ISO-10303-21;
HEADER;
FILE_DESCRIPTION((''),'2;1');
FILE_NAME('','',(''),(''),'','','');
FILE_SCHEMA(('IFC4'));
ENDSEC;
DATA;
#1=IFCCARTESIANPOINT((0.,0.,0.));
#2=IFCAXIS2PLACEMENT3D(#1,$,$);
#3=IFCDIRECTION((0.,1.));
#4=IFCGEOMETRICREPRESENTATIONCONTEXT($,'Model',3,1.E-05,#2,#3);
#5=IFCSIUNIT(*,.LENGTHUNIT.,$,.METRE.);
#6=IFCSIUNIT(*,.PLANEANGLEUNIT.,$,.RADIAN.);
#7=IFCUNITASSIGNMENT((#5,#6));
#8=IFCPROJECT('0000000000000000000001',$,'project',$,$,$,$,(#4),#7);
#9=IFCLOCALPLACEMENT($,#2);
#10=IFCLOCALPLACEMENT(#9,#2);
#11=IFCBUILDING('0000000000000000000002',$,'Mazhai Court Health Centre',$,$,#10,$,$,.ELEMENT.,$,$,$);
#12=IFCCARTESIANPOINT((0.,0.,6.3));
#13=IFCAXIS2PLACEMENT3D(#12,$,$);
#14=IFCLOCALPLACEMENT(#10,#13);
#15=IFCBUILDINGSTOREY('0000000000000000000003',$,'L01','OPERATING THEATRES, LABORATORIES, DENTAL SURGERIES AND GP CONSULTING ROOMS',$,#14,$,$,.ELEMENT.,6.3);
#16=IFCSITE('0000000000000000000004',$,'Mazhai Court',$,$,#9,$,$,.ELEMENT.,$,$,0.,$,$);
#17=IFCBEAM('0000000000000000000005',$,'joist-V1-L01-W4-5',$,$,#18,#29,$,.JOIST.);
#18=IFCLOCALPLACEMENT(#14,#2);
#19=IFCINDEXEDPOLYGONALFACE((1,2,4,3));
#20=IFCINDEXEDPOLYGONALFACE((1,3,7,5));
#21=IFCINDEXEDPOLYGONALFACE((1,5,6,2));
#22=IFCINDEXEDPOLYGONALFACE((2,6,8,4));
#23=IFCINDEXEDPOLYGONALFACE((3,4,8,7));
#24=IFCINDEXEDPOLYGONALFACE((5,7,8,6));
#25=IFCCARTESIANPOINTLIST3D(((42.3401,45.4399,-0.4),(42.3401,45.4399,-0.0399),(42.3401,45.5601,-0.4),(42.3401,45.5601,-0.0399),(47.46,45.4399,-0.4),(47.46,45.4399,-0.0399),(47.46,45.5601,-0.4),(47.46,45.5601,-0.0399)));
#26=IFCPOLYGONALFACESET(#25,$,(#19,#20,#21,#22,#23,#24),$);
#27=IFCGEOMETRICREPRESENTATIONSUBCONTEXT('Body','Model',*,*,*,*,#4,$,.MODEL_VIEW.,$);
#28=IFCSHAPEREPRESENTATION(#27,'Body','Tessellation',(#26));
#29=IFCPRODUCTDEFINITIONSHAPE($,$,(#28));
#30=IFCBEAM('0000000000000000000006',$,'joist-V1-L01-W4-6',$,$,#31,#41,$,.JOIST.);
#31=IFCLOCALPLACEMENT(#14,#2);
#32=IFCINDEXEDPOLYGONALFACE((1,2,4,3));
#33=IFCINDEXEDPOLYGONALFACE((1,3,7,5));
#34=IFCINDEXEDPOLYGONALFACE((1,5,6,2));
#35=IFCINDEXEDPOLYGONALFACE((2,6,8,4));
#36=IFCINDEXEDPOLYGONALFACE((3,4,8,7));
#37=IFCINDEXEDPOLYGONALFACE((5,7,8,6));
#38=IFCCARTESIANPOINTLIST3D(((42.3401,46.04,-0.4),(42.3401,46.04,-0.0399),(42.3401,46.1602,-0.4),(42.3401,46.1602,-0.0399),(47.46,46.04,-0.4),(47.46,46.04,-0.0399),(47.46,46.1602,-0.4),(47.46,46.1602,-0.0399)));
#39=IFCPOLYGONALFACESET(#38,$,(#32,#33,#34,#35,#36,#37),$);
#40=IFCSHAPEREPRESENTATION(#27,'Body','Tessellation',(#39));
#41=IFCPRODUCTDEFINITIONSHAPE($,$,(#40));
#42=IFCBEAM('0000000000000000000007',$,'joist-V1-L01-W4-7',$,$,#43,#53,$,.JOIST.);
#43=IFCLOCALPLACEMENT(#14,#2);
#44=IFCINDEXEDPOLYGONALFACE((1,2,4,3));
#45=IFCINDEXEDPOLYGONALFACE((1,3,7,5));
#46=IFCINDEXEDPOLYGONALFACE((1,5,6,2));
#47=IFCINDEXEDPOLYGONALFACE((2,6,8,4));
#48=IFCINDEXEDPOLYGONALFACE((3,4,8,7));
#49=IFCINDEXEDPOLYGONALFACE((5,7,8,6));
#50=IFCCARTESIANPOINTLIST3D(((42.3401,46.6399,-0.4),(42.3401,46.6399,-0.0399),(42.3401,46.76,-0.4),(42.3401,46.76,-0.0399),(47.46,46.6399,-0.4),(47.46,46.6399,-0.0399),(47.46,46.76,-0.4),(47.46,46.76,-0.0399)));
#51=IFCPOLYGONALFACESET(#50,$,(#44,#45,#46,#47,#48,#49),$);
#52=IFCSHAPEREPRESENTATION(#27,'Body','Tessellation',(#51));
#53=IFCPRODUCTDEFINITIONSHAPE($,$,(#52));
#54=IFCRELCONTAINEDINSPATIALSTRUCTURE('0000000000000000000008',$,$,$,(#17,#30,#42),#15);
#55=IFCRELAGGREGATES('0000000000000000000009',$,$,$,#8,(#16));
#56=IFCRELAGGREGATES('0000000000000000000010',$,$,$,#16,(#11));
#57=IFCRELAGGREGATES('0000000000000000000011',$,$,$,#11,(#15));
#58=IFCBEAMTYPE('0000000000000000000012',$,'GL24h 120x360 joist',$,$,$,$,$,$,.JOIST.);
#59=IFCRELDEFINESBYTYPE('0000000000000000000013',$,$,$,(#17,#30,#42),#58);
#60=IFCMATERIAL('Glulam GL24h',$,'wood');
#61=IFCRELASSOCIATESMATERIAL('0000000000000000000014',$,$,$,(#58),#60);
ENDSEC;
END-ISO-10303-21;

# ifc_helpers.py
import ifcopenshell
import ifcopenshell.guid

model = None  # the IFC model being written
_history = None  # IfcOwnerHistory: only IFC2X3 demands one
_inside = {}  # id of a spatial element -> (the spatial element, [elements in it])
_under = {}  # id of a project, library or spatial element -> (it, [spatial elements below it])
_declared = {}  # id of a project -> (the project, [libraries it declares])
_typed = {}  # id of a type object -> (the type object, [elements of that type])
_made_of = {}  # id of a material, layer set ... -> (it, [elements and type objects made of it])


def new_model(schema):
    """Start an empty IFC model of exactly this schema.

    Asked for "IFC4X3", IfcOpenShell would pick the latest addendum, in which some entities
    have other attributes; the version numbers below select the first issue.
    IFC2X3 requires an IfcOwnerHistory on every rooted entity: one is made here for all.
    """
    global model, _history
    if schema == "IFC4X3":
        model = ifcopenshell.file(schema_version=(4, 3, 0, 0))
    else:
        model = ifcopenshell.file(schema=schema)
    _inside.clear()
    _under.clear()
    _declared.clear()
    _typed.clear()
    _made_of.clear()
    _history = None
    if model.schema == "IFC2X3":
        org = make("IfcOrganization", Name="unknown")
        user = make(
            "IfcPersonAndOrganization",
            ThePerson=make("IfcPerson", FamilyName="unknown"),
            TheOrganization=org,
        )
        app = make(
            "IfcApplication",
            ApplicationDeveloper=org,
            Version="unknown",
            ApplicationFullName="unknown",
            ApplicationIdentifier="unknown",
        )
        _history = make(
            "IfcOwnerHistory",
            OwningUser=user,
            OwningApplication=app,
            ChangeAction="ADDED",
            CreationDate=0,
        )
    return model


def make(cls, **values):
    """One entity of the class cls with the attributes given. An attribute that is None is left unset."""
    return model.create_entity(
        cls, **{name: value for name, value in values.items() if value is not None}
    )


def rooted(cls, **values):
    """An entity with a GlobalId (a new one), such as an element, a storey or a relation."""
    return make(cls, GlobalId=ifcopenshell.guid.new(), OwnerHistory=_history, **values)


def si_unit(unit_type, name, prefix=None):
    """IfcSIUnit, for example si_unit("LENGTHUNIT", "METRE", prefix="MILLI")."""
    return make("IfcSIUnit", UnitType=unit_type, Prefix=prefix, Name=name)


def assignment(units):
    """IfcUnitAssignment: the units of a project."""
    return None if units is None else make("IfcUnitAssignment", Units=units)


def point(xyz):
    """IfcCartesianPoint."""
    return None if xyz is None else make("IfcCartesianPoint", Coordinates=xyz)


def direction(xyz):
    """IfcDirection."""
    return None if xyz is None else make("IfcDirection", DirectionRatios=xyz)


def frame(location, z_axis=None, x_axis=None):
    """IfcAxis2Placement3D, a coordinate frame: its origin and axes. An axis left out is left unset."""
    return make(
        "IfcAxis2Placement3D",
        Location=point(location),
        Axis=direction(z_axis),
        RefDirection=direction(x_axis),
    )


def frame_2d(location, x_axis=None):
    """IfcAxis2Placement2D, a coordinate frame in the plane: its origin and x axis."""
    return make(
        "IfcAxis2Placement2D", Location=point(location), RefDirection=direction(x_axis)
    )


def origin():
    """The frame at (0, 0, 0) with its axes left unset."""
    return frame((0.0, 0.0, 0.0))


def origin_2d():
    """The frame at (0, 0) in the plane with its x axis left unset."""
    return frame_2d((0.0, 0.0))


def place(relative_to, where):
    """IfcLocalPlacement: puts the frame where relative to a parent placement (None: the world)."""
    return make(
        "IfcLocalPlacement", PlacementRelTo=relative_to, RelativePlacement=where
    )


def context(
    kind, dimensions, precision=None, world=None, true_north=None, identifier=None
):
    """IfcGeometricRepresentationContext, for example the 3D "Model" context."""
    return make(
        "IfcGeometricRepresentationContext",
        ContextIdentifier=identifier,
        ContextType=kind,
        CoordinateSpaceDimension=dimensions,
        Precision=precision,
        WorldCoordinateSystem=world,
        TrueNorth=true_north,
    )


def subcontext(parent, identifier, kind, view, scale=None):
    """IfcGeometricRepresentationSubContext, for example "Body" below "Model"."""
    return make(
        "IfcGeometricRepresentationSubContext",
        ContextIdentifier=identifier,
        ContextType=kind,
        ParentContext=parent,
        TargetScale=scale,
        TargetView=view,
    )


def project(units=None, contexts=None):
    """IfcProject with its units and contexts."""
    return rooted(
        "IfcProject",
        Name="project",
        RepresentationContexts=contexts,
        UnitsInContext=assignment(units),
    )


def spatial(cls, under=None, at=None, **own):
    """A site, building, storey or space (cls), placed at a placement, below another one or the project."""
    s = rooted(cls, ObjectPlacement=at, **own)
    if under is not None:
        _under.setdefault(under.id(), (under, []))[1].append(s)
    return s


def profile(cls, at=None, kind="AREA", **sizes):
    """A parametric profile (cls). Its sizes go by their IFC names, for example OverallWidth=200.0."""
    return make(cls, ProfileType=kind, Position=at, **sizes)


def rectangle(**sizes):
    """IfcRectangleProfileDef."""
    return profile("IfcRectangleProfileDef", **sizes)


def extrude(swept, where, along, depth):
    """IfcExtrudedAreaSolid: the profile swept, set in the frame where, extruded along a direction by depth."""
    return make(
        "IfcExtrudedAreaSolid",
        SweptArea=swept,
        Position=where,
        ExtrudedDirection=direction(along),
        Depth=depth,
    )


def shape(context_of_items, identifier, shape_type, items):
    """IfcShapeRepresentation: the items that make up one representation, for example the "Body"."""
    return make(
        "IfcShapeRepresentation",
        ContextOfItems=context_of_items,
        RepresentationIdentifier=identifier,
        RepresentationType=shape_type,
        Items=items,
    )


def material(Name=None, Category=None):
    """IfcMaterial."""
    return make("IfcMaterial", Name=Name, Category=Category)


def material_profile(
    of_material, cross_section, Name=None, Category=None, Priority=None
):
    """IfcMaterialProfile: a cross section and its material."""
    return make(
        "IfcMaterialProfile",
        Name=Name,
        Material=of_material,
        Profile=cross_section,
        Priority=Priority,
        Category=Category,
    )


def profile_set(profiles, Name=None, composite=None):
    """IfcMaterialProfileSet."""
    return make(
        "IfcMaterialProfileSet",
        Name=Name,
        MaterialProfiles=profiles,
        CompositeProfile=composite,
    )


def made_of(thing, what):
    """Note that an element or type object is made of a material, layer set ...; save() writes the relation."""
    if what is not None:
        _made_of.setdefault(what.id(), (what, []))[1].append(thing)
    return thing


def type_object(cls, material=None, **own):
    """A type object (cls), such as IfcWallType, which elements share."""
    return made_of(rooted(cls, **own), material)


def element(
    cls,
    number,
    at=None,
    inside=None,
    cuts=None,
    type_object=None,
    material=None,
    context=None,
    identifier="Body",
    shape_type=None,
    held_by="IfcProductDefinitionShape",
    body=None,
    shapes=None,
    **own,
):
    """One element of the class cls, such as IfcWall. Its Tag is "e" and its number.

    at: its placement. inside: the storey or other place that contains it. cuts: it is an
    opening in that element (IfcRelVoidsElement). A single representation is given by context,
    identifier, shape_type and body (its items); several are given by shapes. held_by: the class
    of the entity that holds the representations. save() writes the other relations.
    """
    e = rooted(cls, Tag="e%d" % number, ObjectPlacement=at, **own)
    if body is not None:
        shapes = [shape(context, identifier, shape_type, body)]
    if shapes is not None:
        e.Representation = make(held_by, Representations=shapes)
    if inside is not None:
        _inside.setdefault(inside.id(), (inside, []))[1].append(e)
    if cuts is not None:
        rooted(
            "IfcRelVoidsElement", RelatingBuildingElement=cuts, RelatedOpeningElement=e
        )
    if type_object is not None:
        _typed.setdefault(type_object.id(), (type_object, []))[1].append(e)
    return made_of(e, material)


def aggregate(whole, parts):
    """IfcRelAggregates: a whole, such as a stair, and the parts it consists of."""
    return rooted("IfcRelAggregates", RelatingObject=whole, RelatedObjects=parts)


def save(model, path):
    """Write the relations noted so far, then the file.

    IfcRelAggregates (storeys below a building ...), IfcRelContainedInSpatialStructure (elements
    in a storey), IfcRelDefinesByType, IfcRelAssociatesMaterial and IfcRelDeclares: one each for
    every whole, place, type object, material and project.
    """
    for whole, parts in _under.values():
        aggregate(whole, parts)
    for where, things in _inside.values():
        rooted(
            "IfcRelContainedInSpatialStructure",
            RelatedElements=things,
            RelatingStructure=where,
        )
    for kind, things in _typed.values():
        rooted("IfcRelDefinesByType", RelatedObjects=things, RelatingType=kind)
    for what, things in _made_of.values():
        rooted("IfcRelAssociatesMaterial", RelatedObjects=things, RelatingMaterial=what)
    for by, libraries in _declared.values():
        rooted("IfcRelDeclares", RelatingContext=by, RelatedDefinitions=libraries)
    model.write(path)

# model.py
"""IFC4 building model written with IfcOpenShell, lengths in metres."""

from ifc_helpers import new_model, si_unit, direction, frame, origin, origin_2d, place, context, subcontext, project, spatial, rectangle, extrude, material, material_profile, profile_set, type_object, element, save


model = new_model("IFC4")

# Units and contexts
model_context = context("Model", 3, precision=1e-05, world=origin(), true_north=direction((0.0, 1.0)))
body_context = subcontext(model_context, "Body", "Model", "MODEL_VIEW")
ifc_project = project(units=[si_unit("LENGTHUNIT", "METRE"), si_unit("PLANEANGLEUNIT", "RADIAN")], contexts=[model_context])

# Site, building, storey
site_placement = place(None, origin())
site = spatial("IfcSite", under=ifc_project, at=site_placement, Name="Mazhai Court", CompositionType="ELEMENT", RefElevation=0.0)
building_placement = place(site_placement, origin())
building = spatial("IfcBuilding", under=site, at=building_placement, Name="Mazhai Court Health Centre", CompositionType="ELEMENT")
storey_placement = place(building_placement, frame((0.0, 0.0, 6.3)))
storey = spatial("IfcBuildingStorey", under=building, at=storey_placement, Name="L01", Description="OPERATING THEATRES, LABORATORIES, DENTAL SURGERIES AND GP CONSULTING ROOMS", CompositionType="ELEMENT", Elevation=6.3)

# Beams
ifc_material = material(Name="Glulam GL24h", Category="wood")
ifc_material_profile = material_profile(ifc_material, rectangle(XDim=0.1201, YDim=0.3601, at=origin_2d()), Name="GL24h 120x360")
ifc_profile_set = profile_set([ifc_material_profile], Name="Glulam GL24h")
beam_type = type_object("IfcBeamType", Name="GL24h 120x360 joist", PredefinedType="JOIST", material=ifc_profile_set)
for number, where, z_axis, x_axis, name in (
    (1, (42.3401, 45.5, -0.22), (1.0, 0.0, 0.0), (0.0, 1.0, 0.0), "joist-V1-L01-W4-5"),
    (2, (42.3401, 46.1001, -0.22), (1.0, 0.0, 0.0), (0.0, 1.0, 0.0), "joist-V1-L01-W4-6"),
    (3, (42.3401, 46.7, -0.22), (1.0, 0.0, 0.0), (0.0, 1.0, 0.0), "joist-V1-L01-W4-7"),
):
    element("IfcBeam", number, at=place(storey_placement, frame(where, z_axis=z_axis, x_axis=x_axis)), inside=storey, type_object=beam_type, Name=name, PredefinedType="JOIST", context=body_context, shape_type="SweptSolid", body=[
        extrude(rectangle(XDim=0.1201, YDim=0.3601, at=origin_2d()), origin(), (0.0, 0.0, 1.0), 5.1199),
    ])

save(model, "model.ifc")
